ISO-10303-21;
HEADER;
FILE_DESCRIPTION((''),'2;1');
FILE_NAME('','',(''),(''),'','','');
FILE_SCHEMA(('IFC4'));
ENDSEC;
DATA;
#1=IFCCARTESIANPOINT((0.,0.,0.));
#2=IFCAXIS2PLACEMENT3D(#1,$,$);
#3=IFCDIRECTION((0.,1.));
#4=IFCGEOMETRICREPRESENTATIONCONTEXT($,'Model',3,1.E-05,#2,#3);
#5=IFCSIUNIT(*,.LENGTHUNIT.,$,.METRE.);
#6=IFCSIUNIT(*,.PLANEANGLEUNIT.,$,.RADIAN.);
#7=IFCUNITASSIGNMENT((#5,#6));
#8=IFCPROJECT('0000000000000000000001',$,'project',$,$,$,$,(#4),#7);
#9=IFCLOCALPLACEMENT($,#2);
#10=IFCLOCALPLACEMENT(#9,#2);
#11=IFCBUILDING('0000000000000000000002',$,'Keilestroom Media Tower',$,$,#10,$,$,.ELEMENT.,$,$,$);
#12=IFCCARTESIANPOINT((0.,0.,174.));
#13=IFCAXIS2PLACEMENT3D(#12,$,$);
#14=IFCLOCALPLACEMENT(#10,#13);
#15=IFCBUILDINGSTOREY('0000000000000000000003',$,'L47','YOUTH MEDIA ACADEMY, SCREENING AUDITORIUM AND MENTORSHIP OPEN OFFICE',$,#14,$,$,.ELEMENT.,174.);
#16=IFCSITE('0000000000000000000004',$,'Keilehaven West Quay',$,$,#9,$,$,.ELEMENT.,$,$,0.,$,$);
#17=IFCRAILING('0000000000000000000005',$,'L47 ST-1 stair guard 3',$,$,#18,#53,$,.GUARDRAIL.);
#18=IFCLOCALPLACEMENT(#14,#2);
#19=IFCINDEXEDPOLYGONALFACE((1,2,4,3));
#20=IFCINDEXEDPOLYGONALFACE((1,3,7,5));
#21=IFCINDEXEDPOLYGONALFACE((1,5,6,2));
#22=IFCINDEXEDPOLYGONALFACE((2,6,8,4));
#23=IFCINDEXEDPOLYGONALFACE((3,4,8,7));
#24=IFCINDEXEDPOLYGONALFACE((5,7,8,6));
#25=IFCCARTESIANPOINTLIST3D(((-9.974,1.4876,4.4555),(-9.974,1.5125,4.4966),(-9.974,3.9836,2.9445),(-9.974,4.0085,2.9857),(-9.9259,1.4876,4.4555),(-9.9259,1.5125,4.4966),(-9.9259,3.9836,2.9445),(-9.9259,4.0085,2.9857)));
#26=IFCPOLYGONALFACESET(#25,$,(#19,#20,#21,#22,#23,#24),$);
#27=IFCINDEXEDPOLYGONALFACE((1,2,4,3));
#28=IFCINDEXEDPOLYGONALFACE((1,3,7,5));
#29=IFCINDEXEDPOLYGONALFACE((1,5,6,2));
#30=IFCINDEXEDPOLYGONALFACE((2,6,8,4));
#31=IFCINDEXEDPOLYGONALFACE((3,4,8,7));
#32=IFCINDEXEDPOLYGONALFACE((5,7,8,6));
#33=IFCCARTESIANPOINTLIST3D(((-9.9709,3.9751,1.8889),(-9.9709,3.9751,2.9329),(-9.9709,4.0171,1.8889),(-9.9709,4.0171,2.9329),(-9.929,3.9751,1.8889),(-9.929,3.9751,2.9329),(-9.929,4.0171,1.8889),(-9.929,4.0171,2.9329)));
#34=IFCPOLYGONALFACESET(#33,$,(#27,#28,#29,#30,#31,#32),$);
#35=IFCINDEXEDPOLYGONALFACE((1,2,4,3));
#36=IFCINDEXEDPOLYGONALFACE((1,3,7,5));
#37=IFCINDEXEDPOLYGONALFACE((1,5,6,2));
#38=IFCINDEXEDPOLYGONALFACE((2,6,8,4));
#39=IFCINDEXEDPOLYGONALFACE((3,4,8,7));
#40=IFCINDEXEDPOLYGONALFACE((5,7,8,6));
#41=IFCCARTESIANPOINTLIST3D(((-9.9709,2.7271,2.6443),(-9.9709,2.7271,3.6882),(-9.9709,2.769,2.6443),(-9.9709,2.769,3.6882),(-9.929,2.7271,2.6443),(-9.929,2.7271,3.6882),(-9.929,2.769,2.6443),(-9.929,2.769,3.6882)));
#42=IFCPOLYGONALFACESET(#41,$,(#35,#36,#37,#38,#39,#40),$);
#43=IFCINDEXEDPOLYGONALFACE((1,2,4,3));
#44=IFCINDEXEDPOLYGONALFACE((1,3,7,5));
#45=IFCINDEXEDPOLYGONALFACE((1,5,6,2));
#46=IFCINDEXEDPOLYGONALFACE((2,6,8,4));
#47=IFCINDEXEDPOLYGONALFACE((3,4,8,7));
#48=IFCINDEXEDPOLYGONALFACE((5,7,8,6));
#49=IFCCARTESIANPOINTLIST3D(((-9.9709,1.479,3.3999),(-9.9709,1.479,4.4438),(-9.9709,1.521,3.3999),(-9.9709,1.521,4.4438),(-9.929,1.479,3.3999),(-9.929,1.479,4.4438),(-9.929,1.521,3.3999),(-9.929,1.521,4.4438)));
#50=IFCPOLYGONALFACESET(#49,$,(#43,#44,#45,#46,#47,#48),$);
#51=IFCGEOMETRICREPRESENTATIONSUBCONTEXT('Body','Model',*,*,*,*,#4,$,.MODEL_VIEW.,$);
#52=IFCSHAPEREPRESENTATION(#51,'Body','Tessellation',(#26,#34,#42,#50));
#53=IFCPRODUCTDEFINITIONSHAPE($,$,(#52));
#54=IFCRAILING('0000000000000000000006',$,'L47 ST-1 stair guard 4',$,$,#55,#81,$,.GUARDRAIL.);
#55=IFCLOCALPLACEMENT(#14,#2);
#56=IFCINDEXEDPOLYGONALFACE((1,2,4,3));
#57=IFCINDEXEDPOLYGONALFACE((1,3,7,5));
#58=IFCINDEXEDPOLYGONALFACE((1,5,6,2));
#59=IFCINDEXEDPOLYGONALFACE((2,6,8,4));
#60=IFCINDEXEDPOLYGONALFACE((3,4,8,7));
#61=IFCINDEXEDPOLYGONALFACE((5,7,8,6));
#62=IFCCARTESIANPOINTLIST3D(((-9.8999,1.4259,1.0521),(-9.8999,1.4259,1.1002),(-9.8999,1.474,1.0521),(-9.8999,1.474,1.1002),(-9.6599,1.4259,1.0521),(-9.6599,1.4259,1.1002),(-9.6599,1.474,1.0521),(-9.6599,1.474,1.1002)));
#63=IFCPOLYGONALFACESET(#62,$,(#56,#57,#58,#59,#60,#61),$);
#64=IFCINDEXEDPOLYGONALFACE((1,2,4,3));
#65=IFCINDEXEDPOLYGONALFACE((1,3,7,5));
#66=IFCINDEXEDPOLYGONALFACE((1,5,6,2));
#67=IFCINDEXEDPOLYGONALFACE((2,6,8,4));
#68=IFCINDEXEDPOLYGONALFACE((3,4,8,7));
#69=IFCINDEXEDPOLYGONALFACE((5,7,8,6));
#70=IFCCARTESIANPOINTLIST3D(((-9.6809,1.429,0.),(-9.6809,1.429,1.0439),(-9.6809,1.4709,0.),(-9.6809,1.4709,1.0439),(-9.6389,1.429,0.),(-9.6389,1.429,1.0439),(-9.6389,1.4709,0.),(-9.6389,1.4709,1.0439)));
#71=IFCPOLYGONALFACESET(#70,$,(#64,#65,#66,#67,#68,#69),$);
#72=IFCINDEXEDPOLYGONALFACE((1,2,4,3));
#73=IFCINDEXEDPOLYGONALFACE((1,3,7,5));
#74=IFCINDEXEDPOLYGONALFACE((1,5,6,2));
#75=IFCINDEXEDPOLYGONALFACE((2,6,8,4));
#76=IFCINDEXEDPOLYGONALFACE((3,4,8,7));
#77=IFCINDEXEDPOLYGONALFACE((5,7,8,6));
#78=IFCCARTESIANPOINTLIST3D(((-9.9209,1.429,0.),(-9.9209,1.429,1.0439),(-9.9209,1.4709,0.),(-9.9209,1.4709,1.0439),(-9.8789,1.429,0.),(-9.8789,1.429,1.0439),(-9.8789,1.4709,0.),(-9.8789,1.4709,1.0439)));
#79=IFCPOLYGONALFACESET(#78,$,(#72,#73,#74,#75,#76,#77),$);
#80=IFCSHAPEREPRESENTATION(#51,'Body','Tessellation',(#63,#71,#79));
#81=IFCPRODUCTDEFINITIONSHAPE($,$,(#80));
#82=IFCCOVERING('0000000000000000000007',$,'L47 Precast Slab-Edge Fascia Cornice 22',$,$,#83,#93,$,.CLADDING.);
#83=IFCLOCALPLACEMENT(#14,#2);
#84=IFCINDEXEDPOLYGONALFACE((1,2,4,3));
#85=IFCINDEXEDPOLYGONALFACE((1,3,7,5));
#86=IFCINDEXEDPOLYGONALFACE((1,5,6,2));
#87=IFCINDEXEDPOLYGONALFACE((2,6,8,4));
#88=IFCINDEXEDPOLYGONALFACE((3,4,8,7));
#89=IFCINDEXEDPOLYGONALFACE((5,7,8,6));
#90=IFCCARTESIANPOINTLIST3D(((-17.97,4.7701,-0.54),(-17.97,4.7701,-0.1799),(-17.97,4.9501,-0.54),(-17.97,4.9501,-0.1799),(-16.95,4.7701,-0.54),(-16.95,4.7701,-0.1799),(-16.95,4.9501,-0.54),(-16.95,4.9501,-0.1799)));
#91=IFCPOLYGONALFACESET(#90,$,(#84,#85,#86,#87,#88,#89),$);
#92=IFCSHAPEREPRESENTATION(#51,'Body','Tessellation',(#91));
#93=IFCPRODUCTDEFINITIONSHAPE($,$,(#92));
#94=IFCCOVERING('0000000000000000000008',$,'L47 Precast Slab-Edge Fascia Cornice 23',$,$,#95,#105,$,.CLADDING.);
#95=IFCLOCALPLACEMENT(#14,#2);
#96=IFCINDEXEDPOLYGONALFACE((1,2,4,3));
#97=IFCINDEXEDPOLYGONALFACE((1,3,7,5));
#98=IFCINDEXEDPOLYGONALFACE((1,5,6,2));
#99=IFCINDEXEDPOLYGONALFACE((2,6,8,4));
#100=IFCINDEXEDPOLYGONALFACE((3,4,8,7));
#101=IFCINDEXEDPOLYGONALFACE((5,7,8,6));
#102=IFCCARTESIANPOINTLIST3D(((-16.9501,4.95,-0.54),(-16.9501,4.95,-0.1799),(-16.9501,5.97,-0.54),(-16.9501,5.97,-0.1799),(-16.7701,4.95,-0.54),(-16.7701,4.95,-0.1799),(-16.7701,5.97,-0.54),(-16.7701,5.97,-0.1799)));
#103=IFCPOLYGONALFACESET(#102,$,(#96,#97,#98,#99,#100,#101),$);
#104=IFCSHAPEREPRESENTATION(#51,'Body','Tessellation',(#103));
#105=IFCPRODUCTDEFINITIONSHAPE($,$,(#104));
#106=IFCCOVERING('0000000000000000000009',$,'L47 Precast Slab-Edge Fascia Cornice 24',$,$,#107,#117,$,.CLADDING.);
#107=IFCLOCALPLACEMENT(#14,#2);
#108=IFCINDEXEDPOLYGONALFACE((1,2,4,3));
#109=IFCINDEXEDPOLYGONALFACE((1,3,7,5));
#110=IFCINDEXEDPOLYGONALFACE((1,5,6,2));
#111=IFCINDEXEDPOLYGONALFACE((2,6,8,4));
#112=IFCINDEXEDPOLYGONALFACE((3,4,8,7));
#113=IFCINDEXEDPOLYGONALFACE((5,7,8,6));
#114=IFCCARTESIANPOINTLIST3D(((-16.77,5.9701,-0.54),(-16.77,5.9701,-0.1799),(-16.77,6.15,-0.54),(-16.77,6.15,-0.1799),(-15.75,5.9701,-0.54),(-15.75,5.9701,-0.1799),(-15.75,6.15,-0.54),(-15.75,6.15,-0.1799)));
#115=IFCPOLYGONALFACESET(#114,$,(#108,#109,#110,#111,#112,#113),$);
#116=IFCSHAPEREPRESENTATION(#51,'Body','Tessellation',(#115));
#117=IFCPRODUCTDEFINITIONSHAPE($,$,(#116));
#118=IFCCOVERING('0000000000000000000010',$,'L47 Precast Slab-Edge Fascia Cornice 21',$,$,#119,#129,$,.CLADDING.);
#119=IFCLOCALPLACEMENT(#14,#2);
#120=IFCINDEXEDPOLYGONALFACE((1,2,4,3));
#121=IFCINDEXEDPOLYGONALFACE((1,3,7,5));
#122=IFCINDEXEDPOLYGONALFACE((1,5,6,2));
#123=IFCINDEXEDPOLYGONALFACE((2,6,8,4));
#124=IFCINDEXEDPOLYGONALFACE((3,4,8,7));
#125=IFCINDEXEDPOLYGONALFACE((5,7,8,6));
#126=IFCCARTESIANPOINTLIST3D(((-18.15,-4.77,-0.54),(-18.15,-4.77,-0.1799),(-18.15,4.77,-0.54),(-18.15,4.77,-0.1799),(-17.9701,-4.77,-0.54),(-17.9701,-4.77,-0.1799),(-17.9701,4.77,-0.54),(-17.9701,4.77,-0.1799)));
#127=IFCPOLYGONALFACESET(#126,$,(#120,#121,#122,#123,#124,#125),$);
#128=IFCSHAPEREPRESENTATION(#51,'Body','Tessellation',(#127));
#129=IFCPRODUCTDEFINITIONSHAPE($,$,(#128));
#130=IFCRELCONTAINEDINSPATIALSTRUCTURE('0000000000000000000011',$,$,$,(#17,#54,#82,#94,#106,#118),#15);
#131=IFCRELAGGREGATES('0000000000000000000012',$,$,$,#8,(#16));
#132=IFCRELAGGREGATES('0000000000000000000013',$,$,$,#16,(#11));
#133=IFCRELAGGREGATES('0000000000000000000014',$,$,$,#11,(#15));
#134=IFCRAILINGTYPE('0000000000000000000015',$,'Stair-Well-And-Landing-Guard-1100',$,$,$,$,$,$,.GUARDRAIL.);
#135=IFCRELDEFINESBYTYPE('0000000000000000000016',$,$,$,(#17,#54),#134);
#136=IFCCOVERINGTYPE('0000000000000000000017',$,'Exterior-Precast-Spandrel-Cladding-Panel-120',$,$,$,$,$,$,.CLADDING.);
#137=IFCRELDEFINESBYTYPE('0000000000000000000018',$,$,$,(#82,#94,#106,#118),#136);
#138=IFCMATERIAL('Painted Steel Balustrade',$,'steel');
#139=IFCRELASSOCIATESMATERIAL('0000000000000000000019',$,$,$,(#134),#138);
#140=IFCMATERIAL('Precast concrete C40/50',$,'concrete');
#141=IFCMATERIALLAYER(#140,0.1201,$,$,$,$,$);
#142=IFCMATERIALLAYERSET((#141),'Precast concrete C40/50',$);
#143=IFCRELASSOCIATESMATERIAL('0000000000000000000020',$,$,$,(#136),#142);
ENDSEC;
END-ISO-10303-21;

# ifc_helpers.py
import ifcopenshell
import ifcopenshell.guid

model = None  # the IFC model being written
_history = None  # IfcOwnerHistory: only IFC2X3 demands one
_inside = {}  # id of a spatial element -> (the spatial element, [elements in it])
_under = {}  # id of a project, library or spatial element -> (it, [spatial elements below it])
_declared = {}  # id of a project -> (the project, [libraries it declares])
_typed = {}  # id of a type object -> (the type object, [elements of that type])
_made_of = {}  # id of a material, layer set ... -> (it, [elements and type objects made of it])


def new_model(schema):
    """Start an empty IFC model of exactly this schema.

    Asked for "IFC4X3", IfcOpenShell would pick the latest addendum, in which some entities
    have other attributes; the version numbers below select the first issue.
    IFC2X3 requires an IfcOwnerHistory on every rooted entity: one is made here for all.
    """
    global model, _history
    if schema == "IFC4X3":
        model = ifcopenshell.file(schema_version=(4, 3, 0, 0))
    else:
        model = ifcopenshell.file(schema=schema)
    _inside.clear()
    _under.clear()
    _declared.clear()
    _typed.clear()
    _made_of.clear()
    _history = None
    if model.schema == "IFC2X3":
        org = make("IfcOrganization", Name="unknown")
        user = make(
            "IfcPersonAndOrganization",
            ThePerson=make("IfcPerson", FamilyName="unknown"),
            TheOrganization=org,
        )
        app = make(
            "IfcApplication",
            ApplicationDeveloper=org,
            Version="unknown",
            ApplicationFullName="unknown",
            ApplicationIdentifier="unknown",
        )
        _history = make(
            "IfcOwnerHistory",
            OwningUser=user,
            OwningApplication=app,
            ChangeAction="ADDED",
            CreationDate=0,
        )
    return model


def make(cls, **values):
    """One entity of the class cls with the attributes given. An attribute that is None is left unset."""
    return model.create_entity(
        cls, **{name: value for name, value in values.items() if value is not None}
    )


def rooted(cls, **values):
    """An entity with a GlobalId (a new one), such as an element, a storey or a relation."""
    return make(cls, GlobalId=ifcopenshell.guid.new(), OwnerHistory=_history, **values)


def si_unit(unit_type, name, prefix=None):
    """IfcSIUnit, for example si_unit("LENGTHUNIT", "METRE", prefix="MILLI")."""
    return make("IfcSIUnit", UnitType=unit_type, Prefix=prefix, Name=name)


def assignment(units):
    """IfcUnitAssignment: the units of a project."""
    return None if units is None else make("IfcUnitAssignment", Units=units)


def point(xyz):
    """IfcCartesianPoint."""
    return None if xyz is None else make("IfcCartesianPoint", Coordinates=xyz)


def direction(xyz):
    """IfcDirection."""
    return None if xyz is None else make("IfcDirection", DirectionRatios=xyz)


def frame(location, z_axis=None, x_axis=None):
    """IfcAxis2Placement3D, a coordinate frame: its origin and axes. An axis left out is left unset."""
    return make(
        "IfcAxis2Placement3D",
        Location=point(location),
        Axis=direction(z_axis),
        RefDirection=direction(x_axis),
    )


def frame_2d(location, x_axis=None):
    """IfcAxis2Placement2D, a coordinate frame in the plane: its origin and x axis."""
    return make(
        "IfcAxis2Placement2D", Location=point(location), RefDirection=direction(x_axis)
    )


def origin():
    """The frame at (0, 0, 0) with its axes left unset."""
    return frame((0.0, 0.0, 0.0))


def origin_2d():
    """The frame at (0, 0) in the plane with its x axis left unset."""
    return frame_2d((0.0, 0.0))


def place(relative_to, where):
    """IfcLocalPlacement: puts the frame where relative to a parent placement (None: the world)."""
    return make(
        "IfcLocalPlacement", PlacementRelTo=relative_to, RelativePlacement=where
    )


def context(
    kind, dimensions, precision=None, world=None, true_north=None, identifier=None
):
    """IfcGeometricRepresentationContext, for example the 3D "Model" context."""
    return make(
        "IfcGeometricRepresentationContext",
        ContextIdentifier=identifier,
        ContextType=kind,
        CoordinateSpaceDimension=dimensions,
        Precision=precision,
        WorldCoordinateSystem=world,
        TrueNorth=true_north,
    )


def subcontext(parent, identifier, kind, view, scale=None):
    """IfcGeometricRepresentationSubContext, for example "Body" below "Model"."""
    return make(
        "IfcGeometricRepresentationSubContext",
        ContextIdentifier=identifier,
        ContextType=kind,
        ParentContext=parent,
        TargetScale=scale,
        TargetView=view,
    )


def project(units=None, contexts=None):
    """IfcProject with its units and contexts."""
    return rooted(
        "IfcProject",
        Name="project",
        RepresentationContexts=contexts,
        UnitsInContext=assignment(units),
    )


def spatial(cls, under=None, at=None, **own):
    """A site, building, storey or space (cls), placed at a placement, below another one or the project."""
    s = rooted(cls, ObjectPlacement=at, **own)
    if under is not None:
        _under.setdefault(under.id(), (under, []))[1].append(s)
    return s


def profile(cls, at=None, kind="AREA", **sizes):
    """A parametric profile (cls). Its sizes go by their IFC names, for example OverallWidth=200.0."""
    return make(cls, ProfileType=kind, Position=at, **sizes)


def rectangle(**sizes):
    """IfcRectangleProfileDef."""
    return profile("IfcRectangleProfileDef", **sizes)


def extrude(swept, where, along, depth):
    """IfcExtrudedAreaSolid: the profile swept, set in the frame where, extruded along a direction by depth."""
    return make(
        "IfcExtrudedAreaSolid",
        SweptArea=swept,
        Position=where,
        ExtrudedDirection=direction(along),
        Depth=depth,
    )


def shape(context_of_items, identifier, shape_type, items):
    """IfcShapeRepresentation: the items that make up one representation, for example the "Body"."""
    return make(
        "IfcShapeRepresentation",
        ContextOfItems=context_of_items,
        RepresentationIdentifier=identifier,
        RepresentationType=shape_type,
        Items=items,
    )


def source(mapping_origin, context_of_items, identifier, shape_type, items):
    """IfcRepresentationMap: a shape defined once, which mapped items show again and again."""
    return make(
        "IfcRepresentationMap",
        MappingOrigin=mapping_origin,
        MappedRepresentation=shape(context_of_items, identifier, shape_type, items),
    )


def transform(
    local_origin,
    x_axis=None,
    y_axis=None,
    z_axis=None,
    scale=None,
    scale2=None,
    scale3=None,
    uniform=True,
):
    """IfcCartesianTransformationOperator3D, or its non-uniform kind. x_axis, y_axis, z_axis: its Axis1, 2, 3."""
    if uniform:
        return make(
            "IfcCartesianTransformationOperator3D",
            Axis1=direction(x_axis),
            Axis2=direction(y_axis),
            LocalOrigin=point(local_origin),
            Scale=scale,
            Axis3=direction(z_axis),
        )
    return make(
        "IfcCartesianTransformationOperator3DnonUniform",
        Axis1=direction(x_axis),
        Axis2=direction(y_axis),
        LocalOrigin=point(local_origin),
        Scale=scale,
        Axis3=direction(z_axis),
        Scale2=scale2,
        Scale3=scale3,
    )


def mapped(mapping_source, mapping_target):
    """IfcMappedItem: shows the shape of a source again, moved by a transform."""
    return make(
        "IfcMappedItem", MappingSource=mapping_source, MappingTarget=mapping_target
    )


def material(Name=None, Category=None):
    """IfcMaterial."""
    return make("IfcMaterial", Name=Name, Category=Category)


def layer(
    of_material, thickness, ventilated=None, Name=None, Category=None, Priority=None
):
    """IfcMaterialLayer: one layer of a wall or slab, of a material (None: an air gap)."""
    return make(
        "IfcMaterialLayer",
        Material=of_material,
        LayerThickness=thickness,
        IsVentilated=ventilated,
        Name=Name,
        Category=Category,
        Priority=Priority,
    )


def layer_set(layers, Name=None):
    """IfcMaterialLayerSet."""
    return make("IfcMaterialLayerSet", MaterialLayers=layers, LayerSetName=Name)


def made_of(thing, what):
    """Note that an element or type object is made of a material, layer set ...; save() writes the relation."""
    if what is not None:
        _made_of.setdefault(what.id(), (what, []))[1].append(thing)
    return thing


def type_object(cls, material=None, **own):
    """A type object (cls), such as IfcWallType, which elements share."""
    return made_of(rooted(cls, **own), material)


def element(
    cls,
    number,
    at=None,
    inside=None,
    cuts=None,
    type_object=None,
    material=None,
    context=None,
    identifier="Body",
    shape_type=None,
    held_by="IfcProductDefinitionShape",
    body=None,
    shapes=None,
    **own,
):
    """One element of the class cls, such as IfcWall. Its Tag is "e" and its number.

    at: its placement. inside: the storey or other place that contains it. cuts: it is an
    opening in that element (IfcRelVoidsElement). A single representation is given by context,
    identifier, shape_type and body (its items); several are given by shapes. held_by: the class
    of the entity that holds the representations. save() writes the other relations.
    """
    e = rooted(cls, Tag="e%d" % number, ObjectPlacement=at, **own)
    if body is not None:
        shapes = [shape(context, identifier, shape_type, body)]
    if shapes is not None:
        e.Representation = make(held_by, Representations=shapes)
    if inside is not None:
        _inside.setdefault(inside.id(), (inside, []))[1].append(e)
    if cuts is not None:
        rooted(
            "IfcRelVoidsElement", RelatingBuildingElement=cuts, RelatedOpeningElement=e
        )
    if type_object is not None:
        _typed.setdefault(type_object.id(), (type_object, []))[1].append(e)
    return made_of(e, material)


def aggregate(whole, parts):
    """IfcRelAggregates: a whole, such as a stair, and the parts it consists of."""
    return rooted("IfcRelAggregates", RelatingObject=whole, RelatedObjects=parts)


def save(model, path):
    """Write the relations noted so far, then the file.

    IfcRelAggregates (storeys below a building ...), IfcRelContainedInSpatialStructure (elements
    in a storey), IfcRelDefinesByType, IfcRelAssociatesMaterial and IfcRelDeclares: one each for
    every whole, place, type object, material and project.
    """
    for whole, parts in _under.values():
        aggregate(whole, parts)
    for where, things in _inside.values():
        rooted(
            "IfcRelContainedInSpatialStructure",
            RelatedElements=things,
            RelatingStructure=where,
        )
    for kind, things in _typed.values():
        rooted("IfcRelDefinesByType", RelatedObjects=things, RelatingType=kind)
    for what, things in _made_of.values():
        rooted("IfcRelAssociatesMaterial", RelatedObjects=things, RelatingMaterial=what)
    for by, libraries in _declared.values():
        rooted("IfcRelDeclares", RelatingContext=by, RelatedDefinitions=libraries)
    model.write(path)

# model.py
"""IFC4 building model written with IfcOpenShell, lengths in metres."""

from ifc_helpers import new_model, si_unit, direction, frame, origin, origin_2d, place, context, subcontext, project, spatial, rectangle, extrude, source, transform, mapped, material, layer, layer_set, type_object, element, save


model = new_model("IFC4")

# Units and contexts
model_context = context("Model", 3, precision=1e-05, world=origin(), true_north=direction((0.0, 1.0)))
body_context = subcontext(model_context, "Body", "Model", "MODEL_VIEW")
ifc_project = project(units=[si_unit("LENGTHUNIT", "METRE"), si_unit("PLANEANGLEUNIT", "RADIAN")], contexts=[model_context])

# Site, building, storey
site_placement = place(None, origin())
site = spatial("IfcSite", under=ifc_project, at=site_placement, Name="Keilehaven West Quay", CompositionType="ELEMENT", RefElevation=0.0)
building_placement = place(site_placement, origin())
building = spatial("IfcBuilding", under=site, at=building_placement, Name="Keilestroom Media Tower", CompositionType="ELEMENT")
storey_placement = place(building_placement, frame((0.0, 0.0, 174.0)))
storey = spatial("IfcBuildingStorey", under=building, at=storey_placement, Name="L47", Description="YOUTH MEDIA ACADEMY, SCREENING AUDITORIUM AND MENTORSHIP OPEN OFFICE", CompositionType="ELEMENT", Elevation=174.0)

# Shared definitions
ifc_material_1 = material(Name="Precast concrete C40/50", Category="concrete")

# Railings
ifc_material_2 = material(Name="Painted Steel Balustrade", Category="steel")
railing_type_1 = type_object("IfcRailingType", Name="Stair-Well-And-Landing-Guard-1100", PredefinedType="GUARDRAIL", material=ifc_material_2)
railing_1_placement = place(storey_placement, frame((-9.95, 3.9961, 1.8889)))
element("IfcRailing", 1, at=railing_1_placement, inside=storey, type_object=railing_type_1, Name="L47 ST-1 stair guard 3", PredefinedType="GUARDRAIL", context=body_context, shape_type="SweptSolid", body=[
    extrude(rectangle(XDim=0.0481, YDim=0.0481, at=origin_2d()), frame((0.0, 0.0, 1.0762), z_axis=(0.0, -0.855471, 0.517851), x_axis=(1.0, 0.0, 0.0)), (0.0, 0.0, 1.0), 2.9177),
    extrude(rectangle(XDim=0.042, YDim=0.042, at=origin_2d()), origin(), (0.0, 0.0, 1.0), 1.0439),
    extrude(rectangle(XDim=0.042, YDim=0.042, at=origin_2d()), frame((0.0, -1.248, 0.7554)), (0.0, 0.0, 1.0), 1.0439),
    extrude(rectangle(XDim=0.042, YDim=0.042, at=origin_2d()), frame((0.0, -2.4961, 1.511)), (0.0, 0.0, 1.0), 1.0439),
])
railing_2_placement = place(storey_placement, frame((-9.6599, 1.45, 0.0)))
element("IfcRailing", 2, at=railing_2_placement, inside=storey, type_object=railing_type_1, Name="L47 ST-1 stair guard 4", PredefinedType="GUARDRAIL", context=body_context, shape_type="SweptSolid", body=[
    extrude(rectangle(XDim=0.0481, YDim=0.0481, at=origin_2d()), frame((0.0, 0.0, 1.0762), z_axis=(-1.0, 0.0, 0.0), x_axis=(0.0, -1.0, 0.0)), (0.0, 0.0, 1.0), 0.24),
    extrude(rectangle(XDim=0.042, YDim=0.042, at=origin_2d()), origin(), (0.0, 0.0, 1.0), 1.0439),
    extrude(rectangle(XDim=0.042, YDim=0.042, at=origin_2d()), frame((-0.24, 0.0, 0.0)), (0.0, 0.0, 1.0), 1.0439),
])

# Coverings
ifc_layer_1 = layer(ifc_material_1, 0.1201)
ifc_layer_set_1 = layer_set([ifc_layer_1], Name="Precast concrete C40/50")
covering_type = type_object("IfcCoveringType", Name="Exterior-Precast-Spandrel-Cladding-Panel-120", PredefinedType="CLADDING", material=ifc_layer_set_1)
shared_shape_1 = source(origin(), body_context, "Body", "SweptSolid", [
    extrude(rectangle(XDim=1.02, YDim=0.1799, at=origin_2d()), origin(), (0.0, 0.0, 1.0), 0.3601),
])
for number, where, z_axis, x_axis, name in (
    (3, (-17.46, 4.8601, -0.54), (0.0, 0.0, 1.0), (1.0, 0.0, 0.0), "L47 Precast Slab-Edge Fascia Cornice 22"),
    (4, (-16.8601, 5.46, -0.54), (0.0, 0.0, 1.0), (0.0, 1.0, 0.0), "L47 Precast Slab-Edge Fascia Cornice 23"),
    (5, (-16.26, 6.0601, -0.54), (0.0, 0.0, 1.0), (1.0, 0.0, 0.0), "L47 Precast Slab-Edge Fascia Cornice 24"),
):
    element("IfcCovering", number, at=place(storey_placement, frame(where, z_axis=z_axis, x_axis=x_axis)), inside=storey, type_object=covering_type, Name=name, PredefinedType="CLADDING", context=body_context, shape_type="MappedRepresentation", body=[
        mapped(shared_shape_1, transform((0.0, 0.0, 0.0), x_axis=(1.0, 0.0, 0.0), y_axis=(0.0, 1.0, 0.0), z_axis=(0.0, 0.0, 1.0), scale=1.0)),
    ])
shared_shape_2 = source(origin(), body_context, "Body", "SweptSolid", [
    extrude(rectangle(XDim=9.54, YDim=0.1799, at=origin_2d()), origin(), (0.0, 0.0, 1.0), 0.3601),
])
covering_placement = place(storey_placement, frame((-18.0601, 0.0, -0.54), z_axis=(0.0, 0.0, 1.0), x_axis=(0.0, 1.0, 0.0)))
element("IfcCovering", 6, at=covering_placement, inside=storey, type_object=covering_type, Name="L47 Precast Slab-Edge Fascia Cornice 21", PredefinedType="CLADDING", context=body_context, shape_type="MappedRepresentation", body=[
    mapped(shared_shape_2, transform((0.0, 0.0, 0.0), x_axis=(1.0, 0.0, 0.0), y_axis=(0.0, 1.0, 0.0), z_axis=(0.0, 0.0, 1.0), scale=1.0)),
])

save(model, "model.ifc")
